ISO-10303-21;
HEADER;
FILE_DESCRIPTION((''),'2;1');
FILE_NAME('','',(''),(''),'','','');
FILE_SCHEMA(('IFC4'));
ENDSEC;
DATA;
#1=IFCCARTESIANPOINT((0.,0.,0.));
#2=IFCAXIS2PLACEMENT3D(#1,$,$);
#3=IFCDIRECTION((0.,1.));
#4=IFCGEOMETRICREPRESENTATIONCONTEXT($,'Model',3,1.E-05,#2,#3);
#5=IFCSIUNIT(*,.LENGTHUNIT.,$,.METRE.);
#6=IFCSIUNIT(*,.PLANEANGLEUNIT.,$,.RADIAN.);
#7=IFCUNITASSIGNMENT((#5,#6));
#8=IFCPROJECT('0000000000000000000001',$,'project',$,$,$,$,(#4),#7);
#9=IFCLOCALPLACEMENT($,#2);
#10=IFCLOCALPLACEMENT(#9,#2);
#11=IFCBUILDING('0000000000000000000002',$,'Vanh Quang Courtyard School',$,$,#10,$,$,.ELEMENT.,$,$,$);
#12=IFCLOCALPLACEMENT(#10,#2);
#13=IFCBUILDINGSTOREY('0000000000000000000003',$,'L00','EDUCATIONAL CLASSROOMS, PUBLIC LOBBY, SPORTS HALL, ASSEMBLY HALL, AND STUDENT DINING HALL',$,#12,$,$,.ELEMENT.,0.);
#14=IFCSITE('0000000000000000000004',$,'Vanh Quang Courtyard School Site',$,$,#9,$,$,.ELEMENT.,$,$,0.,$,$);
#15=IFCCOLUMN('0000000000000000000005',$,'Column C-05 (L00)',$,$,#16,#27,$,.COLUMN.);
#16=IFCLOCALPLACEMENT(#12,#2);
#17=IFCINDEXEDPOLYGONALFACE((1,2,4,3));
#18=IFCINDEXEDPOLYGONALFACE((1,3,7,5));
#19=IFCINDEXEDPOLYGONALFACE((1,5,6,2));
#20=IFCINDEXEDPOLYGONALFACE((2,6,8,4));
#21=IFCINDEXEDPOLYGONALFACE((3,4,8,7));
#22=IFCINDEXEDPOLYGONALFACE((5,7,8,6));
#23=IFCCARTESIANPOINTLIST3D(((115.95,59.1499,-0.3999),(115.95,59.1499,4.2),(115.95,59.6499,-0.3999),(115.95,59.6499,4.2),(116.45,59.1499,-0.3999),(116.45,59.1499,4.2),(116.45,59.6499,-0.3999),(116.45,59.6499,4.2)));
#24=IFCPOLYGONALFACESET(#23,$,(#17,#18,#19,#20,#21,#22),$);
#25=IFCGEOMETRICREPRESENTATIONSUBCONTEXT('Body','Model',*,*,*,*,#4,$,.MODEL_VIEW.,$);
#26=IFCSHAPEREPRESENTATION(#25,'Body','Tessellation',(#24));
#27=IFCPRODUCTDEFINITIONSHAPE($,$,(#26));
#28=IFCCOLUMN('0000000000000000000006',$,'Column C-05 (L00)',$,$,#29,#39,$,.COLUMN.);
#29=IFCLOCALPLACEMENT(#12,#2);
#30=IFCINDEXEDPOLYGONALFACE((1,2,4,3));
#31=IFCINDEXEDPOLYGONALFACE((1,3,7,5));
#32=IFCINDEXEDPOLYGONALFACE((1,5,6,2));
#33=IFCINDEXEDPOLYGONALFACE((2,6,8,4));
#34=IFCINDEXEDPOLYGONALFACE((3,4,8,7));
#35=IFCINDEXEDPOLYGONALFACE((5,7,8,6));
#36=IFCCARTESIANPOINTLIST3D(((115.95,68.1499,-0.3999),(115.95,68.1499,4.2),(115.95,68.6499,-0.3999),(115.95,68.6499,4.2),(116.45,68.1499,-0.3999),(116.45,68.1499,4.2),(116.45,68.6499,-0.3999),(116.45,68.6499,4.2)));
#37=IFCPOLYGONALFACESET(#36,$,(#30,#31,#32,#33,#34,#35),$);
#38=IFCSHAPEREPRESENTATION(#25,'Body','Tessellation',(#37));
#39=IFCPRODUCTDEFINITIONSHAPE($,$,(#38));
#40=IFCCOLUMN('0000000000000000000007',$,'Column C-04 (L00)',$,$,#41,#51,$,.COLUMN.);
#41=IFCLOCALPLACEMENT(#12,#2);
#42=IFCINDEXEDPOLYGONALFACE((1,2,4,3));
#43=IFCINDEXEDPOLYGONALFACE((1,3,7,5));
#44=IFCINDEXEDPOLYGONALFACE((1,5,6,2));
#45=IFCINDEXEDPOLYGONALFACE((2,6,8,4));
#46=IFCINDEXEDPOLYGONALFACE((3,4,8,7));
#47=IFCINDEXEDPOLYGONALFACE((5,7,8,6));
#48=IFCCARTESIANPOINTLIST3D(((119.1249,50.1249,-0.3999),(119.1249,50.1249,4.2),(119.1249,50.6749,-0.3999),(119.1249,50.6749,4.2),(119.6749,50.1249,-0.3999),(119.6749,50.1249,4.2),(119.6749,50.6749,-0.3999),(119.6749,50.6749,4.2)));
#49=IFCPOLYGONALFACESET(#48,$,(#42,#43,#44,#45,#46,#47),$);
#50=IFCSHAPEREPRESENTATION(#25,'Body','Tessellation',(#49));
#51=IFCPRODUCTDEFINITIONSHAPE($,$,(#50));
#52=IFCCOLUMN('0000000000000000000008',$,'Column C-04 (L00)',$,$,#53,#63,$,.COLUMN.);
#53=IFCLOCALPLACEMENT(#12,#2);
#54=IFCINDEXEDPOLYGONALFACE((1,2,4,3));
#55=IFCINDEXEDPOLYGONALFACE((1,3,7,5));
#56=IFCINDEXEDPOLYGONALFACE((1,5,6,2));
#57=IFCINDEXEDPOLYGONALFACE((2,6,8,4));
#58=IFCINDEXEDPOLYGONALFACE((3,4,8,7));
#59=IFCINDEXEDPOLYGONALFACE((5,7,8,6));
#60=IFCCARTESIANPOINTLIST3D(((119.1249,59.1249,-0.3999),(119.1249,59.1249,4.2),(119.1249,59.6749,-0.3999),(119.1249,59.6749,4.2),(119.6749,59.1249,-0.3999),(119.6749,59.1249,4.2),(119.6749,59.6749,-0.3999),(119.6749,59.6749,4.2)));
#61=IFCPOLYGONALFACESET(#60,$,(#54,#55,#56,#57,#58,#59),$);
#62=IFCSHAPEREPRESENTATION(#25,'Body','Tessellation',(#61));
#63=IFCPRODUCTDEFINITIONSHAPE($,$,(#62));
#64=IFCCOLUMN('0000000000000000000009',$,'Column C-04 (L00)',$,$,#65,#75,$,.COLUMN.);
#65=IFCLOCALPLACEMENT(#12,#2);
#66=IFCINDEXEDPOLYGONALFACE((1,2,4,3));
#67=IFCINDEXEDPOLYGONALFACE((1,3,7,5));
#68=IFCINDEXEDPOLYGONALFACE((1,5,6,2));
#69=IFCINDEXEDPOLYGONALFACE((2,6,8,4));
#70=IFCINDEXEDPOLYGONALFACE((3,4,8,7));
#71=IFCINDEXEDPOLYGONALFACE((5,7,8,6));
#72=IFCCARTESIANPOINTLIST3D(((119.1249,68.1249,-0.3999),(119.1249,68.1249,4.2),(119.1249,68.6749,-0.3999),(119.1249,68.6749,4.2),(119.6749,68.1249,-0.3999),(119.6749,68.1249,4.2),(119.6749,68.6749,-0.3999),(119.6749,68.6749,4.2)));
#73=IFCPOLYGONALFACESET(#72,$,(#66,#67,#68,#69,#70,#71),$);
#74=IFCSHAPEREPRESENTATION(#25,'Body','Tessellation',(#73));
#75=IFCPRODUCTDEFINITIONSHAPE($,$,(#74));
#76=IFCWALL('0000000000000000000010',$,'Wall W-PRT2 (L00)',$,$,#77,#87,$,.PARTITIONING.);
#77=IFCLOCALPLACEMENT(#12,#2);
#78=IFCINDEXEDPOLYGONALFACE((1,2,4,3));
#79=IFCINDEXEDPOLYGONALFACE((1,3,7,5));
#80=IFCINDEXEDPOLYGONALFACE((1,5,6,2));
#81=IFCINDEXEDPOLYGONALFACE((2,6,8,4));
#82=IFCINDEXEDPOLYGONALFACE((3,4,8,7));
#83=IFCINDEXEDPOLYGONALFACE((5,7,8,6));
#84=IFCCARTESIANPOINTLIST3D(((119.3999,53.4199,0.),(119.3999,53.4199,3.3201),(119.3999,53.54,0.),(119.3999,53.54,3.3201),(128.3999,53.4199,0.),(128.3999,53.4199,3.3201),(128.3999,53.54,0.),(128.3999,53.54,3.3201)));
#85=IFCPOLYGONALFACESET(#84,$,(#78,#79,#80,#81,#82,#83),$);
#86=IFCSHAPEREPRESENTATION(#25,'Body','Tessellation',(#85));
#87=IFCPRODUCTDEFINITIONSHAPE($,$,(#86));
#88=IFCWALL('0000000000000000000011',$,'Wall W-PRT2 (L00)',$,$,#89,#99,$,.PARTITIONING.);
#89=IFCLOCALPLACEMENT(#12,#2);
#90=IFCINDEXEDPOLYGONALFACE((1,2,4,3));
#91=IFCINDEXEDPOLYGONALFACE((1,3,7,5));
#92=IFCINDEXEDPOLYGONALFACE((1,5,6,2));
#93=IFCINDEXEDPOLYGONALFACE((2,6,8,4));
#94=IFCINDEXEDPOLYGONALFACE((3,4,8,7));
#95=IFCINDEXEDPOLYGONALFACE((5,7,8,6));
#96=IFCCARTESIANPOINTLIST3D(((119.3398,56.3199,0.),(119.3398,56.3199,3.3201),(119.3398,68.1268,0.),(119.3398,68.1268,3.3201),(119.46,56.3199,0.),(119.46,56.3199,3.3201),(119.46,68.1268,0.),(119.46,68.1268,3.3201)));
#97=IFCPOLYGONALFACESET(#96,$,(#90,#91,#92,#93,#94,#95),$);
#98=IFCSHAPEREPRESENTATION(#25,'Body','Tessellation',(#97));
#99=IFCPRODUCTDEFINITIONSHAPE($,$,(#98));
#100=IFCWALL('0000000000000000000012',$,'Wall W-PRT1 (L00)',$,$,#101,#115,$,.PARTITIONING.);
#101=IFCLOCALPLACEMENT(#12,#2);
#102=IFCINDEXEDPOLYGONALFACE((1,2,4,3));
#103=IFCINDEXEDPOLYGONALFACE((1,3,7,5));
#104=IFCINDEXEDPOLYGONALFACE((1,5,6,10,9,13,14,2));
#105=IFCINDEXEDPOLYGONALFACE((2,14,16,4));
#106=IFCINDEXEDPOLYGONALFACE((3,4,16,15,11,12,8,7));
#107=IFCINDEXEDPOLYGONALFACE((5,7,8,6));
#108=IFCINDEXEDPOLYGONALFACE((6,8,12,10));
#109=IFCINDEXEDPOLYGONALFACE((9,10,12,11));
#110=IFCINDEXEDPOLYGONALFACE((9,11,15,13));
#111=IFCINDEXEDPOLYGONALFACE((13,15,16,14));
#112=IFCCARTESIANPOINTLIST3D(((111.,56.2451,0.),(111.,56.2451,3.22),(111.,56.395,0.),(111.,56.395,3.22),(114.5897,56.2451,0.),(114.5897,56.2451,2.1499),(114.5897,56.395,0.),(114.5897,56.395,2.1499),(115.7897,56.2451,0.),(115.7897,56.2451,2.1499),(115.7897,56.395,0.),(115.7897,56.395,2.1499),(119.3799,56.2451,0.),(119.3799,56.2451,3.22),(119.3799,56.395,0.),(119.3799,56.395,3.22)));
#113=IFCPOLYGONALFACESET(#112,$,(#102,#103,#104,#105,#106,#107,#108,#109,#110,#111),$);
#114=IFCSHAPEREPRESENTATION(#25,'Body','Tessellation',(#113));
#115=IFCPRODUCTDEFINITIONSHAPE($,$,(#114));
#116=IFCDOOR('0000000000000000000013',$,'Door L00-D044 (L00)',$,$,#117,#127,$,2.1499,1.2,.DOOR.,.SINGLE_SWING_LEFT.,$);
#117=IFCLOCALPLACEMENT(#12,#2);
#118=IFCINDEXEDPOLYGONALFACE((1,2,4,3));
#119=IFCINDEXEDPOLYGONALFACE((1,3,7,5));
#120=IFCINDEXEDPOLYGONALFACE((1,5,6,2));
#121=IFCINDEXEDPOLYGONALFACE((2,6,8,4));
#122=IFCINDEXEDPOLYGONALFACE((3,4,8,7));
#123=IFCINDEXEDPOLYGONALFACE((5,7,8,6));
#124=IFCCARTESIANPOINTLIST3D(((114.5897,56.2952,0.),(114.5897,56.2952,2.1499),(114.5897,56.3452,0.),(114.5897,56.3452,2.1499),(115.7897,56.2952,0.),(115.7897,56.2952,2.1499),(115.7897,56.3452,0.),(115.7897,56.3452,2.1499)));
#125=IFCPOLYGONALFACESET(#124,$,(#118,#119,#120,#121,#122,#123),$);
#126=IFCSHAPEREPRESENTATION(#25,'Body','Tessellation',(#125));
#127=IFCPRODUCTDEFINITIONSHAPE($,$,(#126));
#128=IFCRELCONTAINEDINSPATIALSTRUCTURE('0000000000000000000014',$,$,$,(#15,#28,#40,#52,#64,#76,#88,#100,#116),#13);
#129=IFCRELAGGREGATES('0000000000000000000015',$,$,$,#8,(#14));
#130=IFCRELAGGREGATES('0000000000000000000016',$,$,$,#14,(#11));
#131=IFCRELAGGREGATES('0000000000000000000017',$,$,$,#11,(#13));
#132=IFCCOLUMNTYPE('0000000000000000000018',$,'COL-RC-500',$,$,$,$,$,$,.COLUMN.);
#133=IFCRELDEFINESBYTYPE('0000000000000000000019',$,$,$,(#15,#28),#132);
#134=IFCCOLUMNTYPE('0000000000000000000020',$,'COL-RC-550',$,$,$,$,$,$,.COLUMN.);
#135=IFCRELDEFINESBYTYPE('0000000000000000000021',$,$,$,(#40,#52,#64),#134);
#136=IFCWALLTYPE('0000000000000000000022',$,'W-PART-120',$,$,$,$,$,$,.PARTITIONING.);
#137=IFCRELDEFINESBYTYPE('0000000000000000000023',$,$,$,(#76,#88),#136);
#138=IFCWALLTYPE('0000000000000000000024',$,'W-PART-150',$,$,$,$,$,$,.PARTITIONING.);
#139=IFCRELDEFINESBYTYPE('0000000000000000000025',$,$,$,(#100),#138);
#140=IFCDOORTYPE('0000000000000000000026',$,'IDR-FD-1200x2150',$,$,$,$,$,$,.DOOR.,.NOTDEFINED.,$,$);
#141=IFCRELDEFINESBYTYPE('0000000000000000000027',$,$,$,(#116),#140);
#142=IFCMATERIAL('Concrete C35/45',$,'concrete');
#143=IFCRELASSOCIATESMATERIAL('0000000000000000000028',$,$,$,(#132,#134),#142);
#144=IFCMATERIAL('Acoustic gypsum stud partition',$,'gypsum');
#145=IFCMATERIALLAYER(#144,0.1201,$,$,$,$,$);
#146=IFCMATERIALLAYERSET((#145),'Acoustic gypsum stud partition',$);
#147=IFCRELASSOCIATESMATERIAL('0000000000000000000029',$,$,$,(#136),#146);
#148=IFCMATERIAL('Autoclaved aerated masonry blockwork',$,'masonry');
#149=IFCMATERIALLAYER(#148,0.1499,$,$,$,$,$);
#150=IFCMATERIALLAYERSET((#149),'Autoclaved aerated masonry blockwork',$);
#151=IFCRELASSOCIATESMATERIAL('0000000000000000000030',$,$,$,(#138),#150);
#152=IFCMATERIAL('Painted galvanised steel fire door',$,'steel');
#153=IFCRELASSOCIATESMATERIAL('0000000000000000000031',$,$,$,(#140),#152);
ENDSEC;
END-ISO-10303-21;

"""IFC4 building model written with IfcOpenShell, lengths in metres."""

from ifc_helpers import new_model, si_unit, direction, frame, frame_2d, origin, origin_2d, place, context, subcontext, project, spatial, rectangle, extrude, material, layer, layer_set, material_profile, profile_set, type_object, element, fill, save


model = new_model("IFC4")

# Units and contexts
model_context = context("Model", 3, precision=1e-05, world=origin(), true_north=direction((0.0, 1.0)))
body_context = subcontext(model_context, "Body", "Model", "MODEL_VIEW")
ifc_project = project(units=[si_unit("LENGTHUNIT", "METRE"), si_unit("PLANEANGLEUNIT", "RADIAN")], contexts=[model_context])

# Site, building, storey
site_placement = place(None, origin())
site = spatial("IfcSite", under=ifc_project, at=site_placement, Name="Vanh Quang Courtyard School Site", CompositionType="ELEMENT", RefElevation=0.0)
building_placement = place(site_placement, origin())
building = spatial("IfcBuilding", under=site, at=building_placement, Name="Vanh Quang Courtyard School", CompositionType="ELEMENT")
storey_placement = place(building_placement, origin())
storey = spatial("IfcBuildingStorey", under=building, at=storey_placement, Name="L00", Description="EDUCATIONAL CLASSROOMS, PUBLIC LOBBY, SPORTS HALL, ASSEMBLY HALL, AND STUDENT DINING HALL", CompositionType="ELEMENT", Elevation=0.0)

# Shared definitions
ifc_material_1 = material(Name="Concrete C35/45", Category="concrete")

# Columns
ifc_material_profile_1 = material_profile(ifc_material_1, rectangle(XDim=0.5, YDim=0.5, at=origin_2d()), Name="RC-COL 500x500")
ifc_profile_set_1 = profile_set([ifc_material_profile_1], Name="Concrete C35/45")
column_type_1 = type_object("IfcColumnType", Name="COL-RC-500", PredefinedType="COLUMN", material=ifc_profile_set_1)
for number, where, z_axis, x_axis, name in (
    (1, (116.2, 59.3999, -0.3999), (0.0, 0.0, 1.0), (1.0, 0.0, 0.0), "Column C-05 (L00)"),
    (2, (116.2, 68.3999, -0.3999), (0.0, 0.0, 1.0), (1.0, 0.0, 0.0), "Column C-05 (L00)"),
):
    element("IfcColumn", number, at=place(storey_placement, frame(where, z_axis=z_axis, x_axis=x_axis)), inside=storey, type_object=column_type_1, Name=name, PredefinedType="COLUMN", context=body_context, shape_type="SweptSolid", body=[
        extrude(rectangle(XDim=0.5, YDim=0.5, at=origin_2d()), origin(), (0.0, 0.0, 1.0), 4.5999),
    ])
ifc_material_profile_2 = material_profile(ifc_material_1, rectangle(XDim=0.55, YDim=0.55, at=origin_2d()), Name="RC-COL 550x550")
ifc_profile_set_2 = profile_set([ifc_material_profile_2], Name="Concrete C35/45")
column_type_2 = type_object("IfcColumnType", Name="COL-RC-550", PredefinedType="COLUMN", material=ifc_profile_set_2)
for number, where, z_axis, x_axis, name in (
    (3, (119.3999, 50.3999, -0.3999), (0.0, 0.0, 1.0), (1.0, 0.0, 0.0), "Column C-04 (L00)"),
    (4, (119.3999, 59.3999, -0.3999), (0.0, 0.0, 1.0), (1.0, 0.0, 0.0), "Column C-04 (L00)"),
    (5, (119.3999, 68.3999, -0.3999), (0.0, 0.0, 1.0), (1.0, 0.0, 0.0), "Column C-04 (L00)"),
):
    element("IfcColumn", number, at=place(storey_placement, frame(where, z_axis=z_axis, x_axis=x_axis)), inside=storey, type_object=column_type_2, Name=name, PredefinedType="COLUMN", context=body_context, shape_type="SweptSolid", body=[
        extrude(rectangle(XDim=0.55, YDim=0.55, at=origin_2d()), origin(), (0.0, 0.0, 1.0), 4.5999),
    ])

# Walls
ifc_material_2 = material(Name="Acoustic gypsum stud partition", Category="gypsum")
ifc_layer_1 = layer(ifc_material_2, 0.1201)
ifc_layer_set_1 = layer_set([ifc_layer_1], Name="Acoustic gypsum stud partition")
wall_type_1 = type_object("IfcWallType", Name="W-PART-120", PredefinedType="PARTITIONING", material=ifc_layer_set_1)
wall_1_placement = place(storey_placement, frame((119.3999, 53.48, 0.0), z_axis=(0.0, 0.0, 1.0), x_axis=(1.0, 0.0, 0.0)))
element("IfcWall", 6, at=wall_1_placement, inside=storey, type_object=wall_type_1, Name="Wall W-PRT2 (L00)", PredefinedType="PARTITIONING", context=body_context, shape_type="SweptSolid", body=[
    extrude(rectangle(XDim=9.0, YDim=0.1201, at=frame_2d((4.5, 0.0))), origin(), (0.0, 0.0, 1.0), 3.3201),
])
wall_2_placement = place(storey_placement, frame((119.3999, 56.3201, 0.0), z_axis=(0.0, 0.0, 1.0), x_axis=(0.0, 1.0, 0.0)))
element("IfcWall", 7, at=wall_2_placement, inside=storey, type_object=wall_type_1, Name="Wall W-PRT2 (L00)", PredefinedType="PARTITIONING", context=body_context, shape_type="SweptSolid", body=[
    extrude(rectangle(XDim=11.8069, YDim=0.1201, at=frame_2d((5.9033, 0.0))), origin(), (0.0, 0.0, 1.0), 3.3201),
])

# Wall, opening, door
ifc_material_3 = material(Name="Autoclaved aerated masonry blockwork", Category="masonry")
ifc_layer_2 = layer(ifc_material_3, 0.1499)
ifc_layer_set_2 = layer_set([ifc_layer_2], Name="Autoclaved aerated masonry blockwork")
wall_type_2 = type_object("IfcWallType", Name="W-PART-150", PredefinedType="PARTITIONING", material=ifc_layer_set_2)
wall_3_placement = place(storey_placement, frame((119.3799, 56.3201, 0.0), z_axis=(0.0, 0.0, 1.0), x_axis=(-1.0, 0.0, 0.0)))
wall_3 = element("IfcWall", 8, at=wall_3_placement, inside=storey, type_object=wall_type_2, Name="Wall W-PRT1 (L00)", PredefinedType="PARTITIONING", context=body_context, shape_type="SweptSolid", body=[
    extrude(rectangle(XDim=8.3799, YDim=0.1499, at=frame_2d((4.1899, 0.0))), origin(), (0.0, 0.0, 1.0), 3.22),
])
opening_placement = place(wall_3_placement, frame((3.5901, 0.0, 0.0)))
opening = element("IfcOpeningElement", 9, at=opening_placement, cuts=wall_3, PredefinedType="OPENING", context=body_context, shape_type="SweptSolid", body=[
    extrude(rectangle(XDim=1.2, YDim=2.1499, at=frame_2d((0.6001, 1.075))), frame((0.0, 0.085, 0.0), z_axis=(0.0, -1.0, 0.0), x_axis=(1.0, 0.0, 0.0)), (0.0, 0.0, 1.0), 0.1699),
])
ifc_material_4 = material(Name="Painted galvanised steel fire door", Category="steel")
door_type = type_object("IfcDoorType", Name="IDR-FD-1200x2150", OperationType="NOTDEFINED", PredefinedType="DOOR", material=ifc_material_4)
door_placement = place(opening_placement, origin())
door = element("IfcDoor", 10, at=door_placement, inside=storey, type_object=door_type, Name="Door L00-D044 (L00)", OperationType="SINGLE_SWING_LEFT", OverallHeight=2.1499, OverallWidth=1.2, PredefinedType="DOOR", context=body_context, shape_type="SweptSolid", body=[
    extrude(rectangle(XDim=1.2, YDim=2.1499, at=frame_2d((0.6001, 1.075))), frame((0.0, 0.0249, 0.0), z_axis=(0.0, -1.0, 0.0), x_axis=(1.0, 0.0, 0.0)), (0.0, 0.0, 1.0), 0.05),
])
fill(opening, door)

save(model, "model.ifc")
